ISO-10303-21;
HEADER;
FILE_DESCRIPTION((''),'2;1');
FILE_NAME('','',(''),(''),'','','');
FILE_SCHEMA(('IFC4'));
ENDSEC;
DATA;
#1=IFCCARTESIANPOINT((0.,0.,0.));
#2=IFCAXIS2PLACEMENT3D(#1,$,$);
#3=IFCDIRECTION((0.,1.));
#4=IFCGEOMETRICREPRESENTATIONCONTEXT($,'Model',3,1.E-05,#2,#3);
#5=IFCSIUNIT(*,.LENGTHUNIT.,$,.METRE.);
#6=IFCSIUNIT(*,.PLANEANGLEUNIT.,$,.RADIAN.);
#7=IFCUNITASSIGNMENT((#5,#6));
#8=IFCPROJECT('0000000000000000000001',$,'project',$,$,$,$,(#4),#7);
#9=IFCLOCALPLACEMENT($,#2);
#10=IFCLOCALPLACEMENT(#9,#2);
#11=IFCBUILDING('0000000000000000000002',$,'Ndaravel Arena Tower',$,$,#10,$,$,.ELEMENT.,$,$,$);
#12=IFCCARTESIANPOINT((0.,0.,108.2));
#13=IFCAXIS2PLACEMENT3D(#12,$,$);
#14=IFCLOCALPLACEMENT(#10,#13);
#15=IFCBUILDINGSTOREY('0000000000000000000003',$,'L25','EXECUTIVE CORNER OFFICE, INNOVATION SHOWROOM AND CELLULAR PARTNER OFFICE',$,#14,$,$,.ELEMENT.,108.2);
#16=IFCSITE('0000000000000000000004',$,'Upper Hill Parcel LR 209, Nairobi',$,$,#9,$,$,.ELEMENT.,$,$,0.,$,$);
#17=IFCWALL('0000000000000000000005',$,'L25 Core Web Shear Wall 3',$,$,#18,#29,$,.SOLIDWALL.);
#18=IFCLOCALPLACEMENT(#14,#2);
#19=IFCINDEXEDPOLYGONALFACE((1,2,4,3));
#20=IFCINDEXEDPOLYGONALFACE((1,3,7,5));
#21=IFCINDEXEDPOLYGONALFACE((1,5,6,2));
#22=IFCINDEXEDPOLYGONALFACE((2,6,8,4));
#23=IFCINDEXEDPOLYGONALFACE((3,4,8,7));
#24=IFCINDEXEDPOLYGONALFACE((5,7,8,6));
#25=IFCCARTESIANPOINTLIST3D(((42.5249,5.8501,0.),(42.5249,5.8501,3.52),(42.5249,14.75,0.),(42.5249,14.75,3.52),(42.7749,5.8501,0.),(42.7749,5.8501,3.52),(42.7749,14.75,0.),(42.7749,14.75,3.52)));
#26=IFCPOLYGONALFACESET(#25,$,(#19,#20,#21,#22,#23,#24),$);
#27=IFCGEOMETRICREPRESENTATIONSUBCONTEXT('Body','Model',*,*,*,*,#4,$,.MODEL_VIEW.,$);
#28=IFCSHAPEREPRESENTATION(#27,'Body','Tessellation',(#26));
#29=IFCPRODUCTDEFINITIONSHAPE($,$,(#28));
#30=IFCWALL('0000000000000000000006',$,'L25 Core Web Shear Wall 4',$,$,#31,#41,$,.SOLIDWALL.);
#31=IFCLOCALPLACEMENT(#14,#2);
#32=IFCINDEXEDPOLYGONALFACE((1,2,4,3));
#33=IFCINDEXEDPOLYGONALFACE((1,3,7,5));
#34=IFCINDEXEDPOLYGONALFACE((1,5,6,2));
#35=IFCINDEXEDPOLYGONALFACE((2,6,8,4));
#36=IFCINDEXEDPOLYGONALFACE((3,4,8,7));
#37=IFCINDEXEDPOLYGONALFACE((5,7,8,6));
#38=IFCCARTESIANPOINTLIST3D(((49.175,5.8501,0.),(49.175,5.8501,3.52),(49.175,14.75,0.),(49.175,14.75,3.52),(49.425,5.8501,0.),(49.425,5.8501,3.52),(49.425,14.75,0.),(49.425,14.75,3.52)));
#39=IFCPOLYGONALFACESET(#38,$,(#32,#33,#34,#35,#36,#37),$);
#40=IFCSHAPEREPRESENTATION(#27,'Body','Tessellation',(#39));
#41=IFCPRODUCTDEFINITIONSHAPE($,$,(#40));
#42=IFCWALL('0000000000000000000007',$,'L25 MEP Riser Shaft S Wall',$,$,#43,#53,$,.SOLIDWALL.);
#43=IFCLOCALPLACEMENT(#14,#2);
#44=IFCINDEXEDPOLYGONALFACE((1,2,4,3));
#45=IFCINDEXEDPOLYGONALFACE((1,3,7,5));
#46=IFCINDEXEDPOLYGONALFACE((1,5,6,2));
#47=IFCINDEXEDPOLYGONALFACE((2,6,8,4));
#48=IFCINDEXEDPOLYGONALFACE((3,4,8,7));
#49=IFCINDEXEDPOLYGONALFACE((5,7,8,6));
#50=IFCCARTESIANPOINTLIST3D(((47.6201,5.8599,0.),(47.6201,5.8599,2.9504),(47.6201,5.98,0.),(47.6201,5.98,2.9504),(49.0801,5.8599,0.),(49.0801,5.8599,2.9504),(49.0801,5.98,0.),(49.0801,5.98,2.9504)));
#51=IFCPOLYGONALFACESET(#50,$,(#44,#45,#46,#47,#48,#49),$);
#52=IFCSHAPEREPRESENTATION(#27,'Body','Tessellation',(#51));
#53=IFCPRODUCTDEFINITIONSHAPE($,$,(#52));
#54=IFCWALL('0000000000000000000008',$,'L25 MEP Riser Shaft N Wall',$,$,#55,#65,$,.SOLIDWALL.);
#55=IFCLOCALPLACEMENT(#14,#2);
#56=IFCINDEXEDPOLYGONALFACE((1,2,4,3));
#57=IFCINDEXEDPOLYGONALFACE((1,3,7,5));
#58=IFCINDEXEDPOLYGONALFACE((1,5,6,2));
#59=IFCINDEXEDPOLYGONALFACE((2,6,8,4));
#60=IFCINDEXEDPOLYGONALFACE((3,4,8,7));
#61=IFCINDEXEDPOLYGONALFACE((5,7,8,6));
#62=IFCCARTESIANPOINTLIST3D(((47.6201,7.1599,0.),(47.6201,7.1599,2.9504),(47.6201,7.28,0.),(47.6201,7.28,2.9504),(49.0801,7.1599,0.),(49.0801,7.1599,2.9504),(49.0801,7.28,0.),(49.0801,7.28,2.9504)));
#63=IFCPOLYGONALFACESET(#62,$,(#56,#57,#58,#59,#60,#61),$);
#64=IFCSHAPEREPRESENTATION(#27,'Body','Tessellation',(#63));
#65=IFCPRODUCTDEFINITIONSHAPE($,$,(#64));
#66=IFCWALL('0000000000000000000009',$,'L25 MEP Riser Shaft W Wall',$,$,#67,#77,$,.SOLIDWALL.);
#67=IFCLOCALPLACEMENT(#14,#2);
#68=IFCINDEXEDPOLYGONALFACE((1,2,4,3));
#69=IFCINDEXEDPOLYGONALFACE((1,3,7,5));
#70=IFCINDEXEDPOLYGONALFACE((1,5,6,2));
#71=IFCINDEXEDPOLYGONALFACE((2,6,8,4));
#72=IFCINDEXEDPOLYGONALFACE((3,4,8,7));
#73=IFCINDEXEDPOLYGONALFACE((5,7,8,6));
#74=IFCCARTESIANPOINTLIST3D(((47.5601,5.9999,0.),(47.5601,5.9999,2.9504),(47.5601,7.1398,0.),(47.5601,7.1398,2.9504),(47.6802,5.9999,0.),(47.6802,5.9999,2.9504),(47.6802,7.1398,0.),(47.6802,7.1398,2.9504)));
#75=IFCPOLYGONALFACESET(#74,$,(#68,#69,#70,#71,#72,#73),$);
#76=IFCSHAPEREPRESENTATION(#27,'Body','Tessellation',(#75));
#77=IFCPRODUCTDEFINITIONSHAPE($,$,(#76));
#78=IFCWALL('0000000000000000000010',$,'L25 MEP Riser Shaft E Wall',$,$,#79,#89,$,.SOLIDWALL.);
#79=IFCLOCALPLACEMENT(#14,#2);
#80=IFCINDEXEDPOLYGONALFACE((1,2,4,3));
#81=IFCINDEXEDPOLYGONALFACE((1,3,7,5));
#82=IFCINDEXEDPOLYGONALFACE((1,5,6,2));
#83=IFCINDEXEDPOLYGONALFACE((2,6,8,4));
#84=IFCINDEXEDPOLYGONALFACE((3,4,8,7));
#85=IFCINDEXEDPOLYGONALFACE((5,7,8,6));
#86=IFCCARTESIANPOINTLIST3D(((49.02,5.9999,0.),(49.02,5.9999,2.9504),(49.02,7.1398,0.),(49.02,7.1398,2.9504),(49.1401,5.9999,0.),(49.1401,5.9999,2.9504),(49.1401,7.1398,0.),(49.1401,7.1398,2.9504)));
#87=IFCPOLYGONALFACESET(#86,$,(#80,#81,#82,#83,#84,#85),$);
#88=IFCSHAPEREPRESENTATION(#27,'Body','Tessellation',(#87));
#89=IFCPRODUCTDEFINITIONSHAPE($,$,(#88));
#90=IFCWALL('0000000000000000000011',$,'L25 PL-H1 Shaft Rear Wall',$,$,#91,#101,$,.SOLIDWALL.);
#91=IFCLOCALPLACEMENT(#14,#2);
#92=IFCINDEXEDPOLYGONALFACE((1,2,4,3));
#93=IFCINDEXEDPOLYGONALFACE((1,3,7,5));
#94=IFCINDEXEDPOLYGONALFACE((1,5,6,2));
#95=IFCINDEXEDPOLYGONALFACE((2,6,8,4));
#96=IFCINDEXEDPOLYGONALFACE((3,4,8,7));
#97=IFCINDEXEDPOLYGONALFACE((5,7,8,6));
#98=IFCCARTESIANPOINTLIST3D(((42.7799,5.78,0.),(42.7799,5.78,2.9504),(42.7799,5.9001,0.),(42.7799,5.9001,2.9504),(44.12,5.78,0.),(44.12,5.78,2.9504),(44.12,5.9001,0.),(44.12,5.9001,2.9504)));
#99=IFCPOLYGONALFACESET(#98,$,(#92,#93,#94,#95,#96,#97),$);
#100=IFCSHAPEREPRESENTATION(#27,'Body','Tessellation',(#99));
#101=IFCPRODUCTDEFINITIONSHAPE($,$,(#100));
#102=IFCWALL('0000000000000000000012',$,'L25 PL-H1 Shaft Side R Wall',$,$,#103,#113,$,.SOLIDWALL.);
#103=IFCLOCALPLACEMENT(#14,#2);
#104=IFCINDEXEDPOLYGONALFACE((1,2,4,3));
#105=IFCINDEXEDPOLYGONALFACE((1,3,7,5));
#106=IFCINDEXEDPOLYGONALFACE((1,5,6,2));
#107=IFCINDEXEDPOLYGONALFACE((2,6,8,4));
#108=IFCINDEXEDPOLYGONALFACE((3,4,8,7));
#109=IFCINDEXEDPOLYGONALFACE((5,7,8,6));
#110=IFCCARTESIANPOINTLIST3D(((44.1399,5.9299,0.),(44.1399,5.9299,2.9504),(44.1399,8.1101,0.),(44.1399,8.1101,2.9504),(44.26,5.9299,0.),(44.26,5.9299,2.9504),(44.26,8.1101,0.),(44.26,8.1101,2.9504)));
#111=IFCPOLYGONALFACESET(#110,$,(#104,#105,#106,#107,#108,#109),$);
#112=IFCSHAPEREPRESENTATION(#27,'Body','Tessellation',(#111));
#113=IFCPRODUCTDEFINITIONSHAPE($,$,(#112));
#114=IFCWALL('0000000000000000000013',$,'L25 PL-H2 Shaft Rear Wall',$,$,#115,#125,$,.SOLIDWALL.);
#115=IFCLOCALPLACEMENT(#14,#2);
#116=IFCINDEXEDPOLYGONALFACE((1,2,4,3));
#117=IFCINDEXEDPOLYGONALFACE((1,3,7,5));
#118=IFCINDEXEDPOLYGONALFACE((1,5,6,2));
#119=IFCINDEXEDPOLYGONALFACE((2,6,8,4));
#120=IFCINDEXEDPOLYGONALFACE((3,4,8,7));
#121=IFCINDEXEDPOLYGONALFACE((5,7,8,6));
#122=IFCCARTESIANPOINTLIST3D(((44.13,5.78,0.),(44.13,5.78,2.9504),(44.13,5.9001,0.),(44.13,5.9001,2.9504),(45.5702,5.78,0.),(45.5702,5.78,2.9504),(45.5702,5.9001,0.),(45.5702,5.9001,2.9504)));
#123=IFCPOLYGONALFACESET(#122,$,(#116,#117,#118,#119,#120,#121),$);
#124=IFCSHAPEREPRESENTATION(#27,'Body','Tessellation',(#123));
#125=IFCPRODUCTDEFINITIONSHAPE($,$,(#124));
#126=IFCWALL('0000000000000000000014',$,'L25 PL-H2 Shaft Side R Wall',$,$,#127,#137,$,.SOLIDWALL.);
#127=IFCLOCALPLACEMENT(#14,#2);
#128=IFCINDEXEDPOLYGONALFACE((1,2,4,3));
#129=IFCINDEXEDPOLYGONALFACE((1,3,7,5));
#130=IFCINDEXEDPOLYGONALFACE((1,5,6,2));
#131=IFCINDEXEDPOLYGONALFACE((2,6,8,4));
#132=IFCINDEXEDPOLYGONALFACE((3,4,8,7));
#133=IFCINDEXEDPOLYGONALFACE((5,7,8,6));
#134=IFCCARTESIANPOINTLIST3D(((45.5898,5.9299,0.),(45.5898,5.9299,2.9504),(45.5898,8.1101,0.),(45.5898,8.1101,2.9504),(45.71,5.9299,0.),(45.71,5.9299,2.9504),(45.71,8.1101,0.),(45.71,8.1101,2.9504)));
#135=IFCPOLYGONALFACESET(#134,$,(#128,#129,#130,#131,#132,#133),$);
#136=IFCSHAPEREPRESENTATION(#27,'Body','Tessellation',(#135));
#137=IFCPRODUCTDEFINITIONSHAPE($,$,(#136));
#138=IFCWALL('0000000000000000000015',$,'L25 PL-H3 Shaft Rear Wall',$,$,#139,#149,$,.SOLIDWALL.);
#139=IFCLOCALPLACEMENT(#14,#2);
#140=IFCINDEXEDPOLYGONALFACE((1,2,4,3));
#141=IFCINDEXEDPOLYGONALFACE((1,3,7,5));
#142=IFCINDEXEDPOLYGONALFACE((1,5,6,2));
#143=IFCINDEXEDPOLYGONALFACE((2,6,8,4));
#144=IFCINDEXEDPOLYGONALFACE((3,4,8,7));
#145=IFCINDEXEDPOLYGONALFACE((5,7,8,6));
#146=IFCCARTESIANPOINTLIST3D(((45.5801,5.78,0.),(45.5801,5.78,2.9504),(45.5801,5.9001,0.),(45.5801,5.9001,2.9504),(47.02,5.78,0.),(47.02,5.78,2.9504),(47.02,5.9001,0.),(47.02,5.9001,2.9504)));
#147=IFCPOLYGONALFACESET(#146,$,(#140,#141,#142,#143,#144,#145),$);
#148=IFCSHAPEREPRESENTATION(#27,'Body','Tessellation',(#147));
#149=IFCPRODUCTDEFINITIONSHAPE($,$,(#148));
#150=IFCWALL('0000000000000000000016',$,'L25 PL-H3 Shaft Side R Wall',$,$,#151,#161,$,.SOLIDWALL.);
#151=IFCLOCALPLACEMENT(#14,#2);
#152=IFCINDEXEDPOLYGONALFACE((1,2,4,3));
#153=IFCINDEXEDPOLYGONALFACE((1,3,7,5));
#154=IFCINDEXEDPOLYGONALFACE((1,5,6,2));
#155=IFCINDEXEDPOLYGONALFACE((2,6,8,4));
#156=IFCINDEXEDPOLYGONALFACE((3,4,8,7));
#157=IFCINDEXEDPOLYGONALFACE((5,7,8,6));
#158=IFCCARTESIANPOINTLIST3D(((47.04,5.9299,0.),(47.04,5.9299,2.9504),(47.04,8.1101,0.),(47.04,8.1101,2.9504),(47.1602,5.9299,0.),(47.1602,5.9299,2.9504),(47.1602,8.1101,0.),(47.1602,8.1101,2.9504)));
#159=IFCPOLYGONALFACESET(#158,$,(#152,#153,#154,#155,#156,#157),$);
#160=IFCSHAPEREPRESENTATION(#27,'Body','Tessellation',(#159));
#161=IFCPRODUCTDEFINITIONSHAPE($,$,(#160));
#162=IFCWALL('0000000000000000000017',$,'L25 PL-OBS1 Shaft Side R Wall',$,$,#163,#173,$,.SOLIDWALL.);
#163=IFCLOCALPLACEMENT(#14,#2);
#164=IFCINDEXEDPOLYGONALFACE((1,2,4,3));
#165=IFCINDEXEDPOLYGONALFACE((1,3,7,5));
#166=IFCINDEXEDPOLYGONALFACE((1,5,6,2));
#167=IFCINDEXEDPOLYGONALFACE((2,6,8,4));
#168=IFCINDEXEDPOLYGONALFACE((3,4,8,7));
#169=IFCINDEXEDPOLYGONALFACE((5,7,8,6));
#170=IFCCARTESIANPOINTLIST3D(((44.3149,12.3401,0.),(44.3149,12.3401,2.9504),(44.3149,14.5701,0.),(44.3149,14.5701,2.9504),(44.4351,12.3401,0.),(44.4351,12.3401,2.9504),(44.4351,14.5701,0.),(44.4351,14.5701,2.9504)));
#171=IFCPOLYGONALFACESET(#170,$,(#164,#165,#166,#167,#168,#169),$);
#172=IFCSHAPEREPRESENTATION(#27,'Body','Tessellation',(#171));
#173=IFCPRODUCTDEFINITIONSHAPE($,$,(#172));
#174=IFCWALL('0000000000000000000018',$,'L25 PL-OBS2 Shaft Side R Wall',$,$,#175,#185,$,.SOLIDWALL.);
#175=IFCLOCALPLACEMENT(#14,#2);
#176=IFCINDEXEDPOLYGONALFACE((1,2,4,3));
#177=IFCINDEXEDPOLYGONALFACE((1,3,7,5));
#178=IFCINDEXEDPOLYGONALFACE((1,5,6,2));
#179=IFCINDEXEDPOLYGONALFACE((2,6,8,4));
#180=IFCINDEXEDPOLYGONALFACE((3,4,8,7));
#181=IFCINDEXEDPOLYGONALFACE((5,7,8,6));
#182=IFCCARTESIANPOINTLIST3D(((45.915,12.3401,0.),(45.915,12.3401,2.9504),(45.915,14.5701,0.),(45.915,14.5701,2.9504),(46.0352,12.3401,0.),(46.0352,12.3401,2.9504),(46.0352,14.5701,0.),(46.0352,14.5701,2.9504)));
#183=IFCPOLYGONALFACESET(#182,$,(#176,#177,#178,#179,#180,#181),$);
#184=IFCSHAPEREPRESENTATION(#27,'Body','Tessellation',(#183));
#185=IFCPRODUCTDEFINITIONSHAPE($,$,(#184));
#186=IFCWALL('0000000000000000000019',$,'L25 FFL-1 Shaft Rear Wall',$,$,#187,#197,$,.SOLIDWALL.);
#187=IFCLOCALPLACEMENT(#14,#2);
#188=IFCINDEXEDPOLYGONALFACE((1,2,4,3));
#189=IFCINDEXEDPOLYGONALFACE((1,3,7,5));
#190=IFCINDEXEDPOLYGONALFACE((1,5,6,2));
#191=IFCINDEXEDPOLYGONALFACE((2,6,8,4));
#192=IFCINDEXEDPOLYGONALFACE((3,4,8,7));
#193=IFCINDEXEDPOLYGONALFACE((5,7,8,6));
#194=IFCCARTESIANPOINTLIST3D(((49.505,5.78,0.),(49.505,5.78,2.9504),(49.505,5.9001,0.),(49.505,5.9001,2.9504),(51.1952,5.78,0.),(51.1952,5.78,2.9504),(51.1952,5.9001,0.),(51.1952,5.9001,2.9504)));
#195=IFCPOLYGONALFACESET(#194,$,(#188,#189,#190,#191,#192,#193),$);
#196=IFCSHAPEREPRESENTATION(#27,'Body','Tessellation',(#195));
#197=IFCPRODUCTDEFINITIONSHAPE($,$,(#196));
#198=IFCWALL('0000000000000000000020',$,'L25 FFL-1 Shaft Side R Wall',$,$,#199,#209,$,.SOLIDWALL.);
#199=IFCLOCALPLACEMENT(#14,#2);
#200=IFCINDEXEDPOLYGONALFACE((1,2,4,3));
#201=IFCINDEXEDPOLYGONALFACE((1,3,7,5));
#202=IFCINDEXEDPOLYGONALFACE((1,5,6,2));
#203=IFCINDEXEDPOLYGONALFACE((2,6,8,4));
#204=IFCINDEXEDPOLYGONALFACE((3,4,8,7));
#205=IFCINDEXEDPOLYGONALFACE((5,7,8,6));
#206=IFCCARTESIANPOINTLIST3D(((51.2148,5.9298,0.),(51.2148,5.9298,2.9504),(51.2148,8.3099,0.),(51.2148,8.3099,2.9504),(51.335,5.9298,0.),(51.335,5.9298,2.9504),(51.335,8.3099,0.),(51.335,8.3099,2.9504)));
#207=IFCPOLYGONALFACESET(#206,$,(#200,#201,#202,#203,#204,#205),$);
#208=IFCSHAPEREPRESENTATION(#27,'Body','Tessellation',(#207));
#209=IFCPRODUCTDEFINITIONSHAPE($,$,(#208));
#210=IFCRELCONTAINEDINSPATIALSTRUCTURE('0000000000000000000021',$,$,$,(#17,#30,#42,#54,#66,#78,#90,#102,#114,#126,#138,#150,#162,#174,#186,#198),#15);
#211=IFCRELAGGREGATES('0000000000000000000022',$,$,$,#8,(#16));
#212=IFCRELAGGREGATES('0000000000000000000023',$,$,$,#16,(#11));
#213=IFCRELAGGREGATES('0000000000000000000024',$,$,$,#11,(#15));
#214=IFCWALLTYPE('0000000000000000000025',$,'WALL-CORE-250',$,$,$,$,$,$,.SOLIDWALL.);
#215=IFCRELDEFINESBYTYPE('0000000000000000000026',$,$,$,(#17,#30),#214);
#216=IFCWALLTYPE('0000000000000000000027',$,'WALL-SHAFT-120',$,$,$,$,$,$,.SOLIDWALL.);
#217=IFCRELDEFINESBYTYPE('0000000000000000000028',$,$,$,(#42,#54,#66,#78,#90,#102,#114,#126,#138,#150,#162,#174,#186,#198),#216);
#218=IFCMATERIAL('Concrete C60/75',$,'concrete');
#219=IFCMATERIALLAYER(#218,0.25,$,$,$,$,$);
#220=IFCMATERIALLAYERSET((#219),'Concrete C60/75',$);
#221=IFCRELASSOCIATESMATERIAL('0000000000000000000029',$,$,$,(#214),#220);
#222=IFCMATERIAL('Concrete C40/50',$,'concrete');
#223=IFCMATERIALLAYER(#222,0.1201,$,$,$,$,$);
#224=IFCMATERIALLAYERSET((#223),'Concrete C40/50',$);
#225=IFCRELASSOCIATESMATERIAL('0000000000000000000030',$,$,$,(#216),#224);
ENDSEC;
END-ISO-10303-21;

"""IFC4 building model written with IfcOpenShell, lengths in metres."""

from ifc_helpers import new_model, si_unit, direction, frame, frame_2d, origin, place, context, subcontext, project, spatial, rectangle, extrude, material, layer, layer_set, type_object, element, save


model = new_model("IFC4")

# Units and contexts
model_context = context("Model", 3, precision=1e-05, world=origin(), true_north=direction((0.0, 1.0)))
body_context = subcontext(model_context, "Body", "Model", "MODEL_VIEW")
ifc_project = project(units=[si_unit("LENGTHUNIT", "METRE"), si_unit("PLANEANGLEUNIT", "RADIAN")], contexts=[model_context])

# Site, building, storey
site_placement = place(None, origin())
site = spatial("IfcSite", under=ifc_project, at=site_placement, Name="Upper Hill Parcel LR 209, Nairobi", CompositionType="ELEMENT", RefElevation=0.0)
building_placement = place(site_placement, origin())
building = spatial("IfcBuilding", under=site, at=building_placement, Name="Ndaravel Arena Tower", CompositionType="ELEMENT")
storey_placement = place(building_placement, frame((0.0, 0.0, 108.2)))
storey = spatial("IfcBuildingStorey", under=building, at=storey_placement, Name="L25", Description="EXECUTIVE CORNER OFFICE, INNOVATION SHOWROOM AND CELLULAR PARTNER OFFICE", CompositionType="ELEMENT", Elevation=108.2)

# Walls
ifc_material_1 = material(Name="Concrete C60/75", Category="concrete")
ifc_layer_1 = layer(ifc_material_1, 0.25)
ifc_layer_set_1 = layer_set([ifc_layer_1], Name="Concrete C60/75")
wall_type_1 = type_object("IfcWallType", Name="WALL-CORE-250", PredefinedType="SOLIDWALL", material=ifc_layer_set_1)
for number, where, z_axis, x_axis, name in (
    (1, (42.6499, 5.8501, 0.0), (0.0, 0.0, 1.0), (0.0, 1.0, 0.0), "L25 Core Web Shear Wall 3"),
    (2, (49.3, 5.8501, 0.0), (0.0, 0.0, 1.0), (0.0, 1.0, 0.0), "L25 Core Web Shear Wall 4"),
):
    element("IfcWall", number, at=place(storey_placement, frame(where, z_axis=z_axis, x_axis=x_axis)), inside=storey, type_object=wall_type_1, Name=name, PredefinedType="SOLIDWALL", context=body_context, shape_type="SweptSolid", body=[
        extrude(rectangle(XDim=8.8999, YDim=0.25, at=frame_2d((4.45, 0.0))), origin(), (0.0, 0.0, 1.0), 3.52),
    ])
ifc_material_2 = material(Name="Concrete C40/50", Category="concrete")
ifc_layer_2 = layer(ifc_material_2, 0.1201)
ifc_layer_set_2 = layer_set([ifc_layer_2], Name="Concrete C40/50")
wall_type_2 = type_object("IfcWallType", Name="WALL-SHAFT-120", PredefinedType="SOLIDWALL", material=ifc_layer_set_2)
for number, where, z_axis, x_axis, name in (
    (3, (47.6201, 5.9199, 0.0), (0.0, 0.0, 1.0), (1.0, 0.0, 0.0), "L25 MEP Riser Shaft S Wall"),
    (4, (47.6201, 7.22, 0.0), (0.0, 0.0, 1.0), (1.0, 0.0, 0.0), "L25 MEP Riser Shaft N Wall"),
):
    element("IfcWall", number, at=place(storey_placement, frame(where, z_axis=z_axis, x_axis=x_axis)), inside=storey, type_object=wall_type_2, Name=name, PredefinedType="SOLIDWALL", context=body_context, shape_type="SweptSolid", body=[
        extrude(rectangle(XDim=1.46, YDim=0.1201, at=frame_2d((0.73, 0.0))), origin(), (0.0, 0.0, 1.0), 2.9504),
    ])
for number, where, z_axis, x_axis, name in (
    (5, (47.6201, 6.0, 0.0), (0.0, 0.0, 1.0), (0.0, 1.0, 0.0), "L25 MEP Riser Shaft W Wall"),
    (6, (49.0801, 6.0, 0.0), (0.0, 0.0, 1.0), (0.0, 1.0, 0.0), "L25 MEP Riser Shaft E Wall"),
):
    element("IfcWall", number, at=place(storey_placement, frame(where, z_axis=z_axis, x_axis=x_axis)), inside=storey, type_object=wall_type_2, Name=name, PredefinedType="SOLIDWALL", context=body_context, shape_type="SweptSolid", body=[
        extrude(rectangle(XDim=1.1399, YDim=0.1201, at=frame_2d((0.5698, 0.0))), origin(), (0.0, 0.0, 1.0), 2.9504),
    ])
wall_1_placement = place(storey_placement, frame((42.78, 5.8401, 0.0), z_axis=(0.0, 0.0, 1.0), x_axis=(1.0, 0.0, 0.0)))
element("IfcWall", 7, at=wall_1_placement, inside=storey, type_object=wall_type_2, Name="L25 PL-H1 Shaft Rear Wall", PredefinedType="SOLIDWALL", context=body_context, shape_type="SweptSolid", body=[
    extrude(rectangle(XDim=1.3401, YDim=0.1201, at=frame_2d((0.6699, 0.0))), origin(), (0.0, 0.0, 1.0), 2.9504),
])
wall_2_placement = place(storey_placement, frame((44.2, 5.9299, 0.0), z_axis=(0.0, 0.0, 1.0), x_axis=(0.0, 1.0, 0.0)))
element("IfcWall", 8, at=wall_2_placement, inside=storey, type_object=wall_type_2, Name="L25 PL-H1 Shaft Side R Wall", PredefinedType="SOLIDWALL", context=body_context, shape_type="SweptSolid", body=[
    extrude(rectangle(XDim=2.1802, YDim=0.1201, at=frame_2d((1.0901, 0.0))), origin(), (0.0, 0.0, 1.0), 2.9504),
])
wall_3_placement = place(storey_placement, frame((44.1299, 5.8401, 0.0), z_axis=(0.0, 0.0, 1.0), x_axis=(1.0, 0.0, 0.0)))
element("IfcWall", 9, at=wall_3_placement, inside=storey, type_object=wall_type_2, Name="L25 PL-H2 Shaft Rear Wall", PredefinedType="SOLIDWALL", context=body_context, shape_type="SweptSolid", body=[
    extrude(rectangle(XDim=1.4402, YDim=0.1201, at=frame_2d((0.7202, 0.0))), origin(), (0.0, 0.0, 1.0), 2.9504),
])
wall_4_placement = place(storey_placement, frame((45.6499, 5.9299, 0.0), z_axis=(0.0, 0.0, 1.0), x_axis=(0.0, 1.0, 0.0)))
element("IfcWall", 10, at=wall_4_placement, inside=storey, type_object=wall_type_2, Name="L25 PL-H2 Shaft Side R Wall", PredefinedType="SOLIDWALL", context=body_context, shape_type="SweptSolid", body=[
    extrude(rectangle(XDim=2.1802, YDim=0.1201, at=frame_2d((1.0901, 0.0))), origin(), (0.0, 0.0, 1.0), 2.9504),
])
wall_5_placement = place(storey_placement, frame((45.5801, 5.8401, 0.0), z_axis=(0.0, 0.0, 1.0), x_axis=(1.0, 0.0, 0.0)))
element("IfcWall", 11, at=wall_5_placement, inside=storey, type_object=wall_type_2, Name="L25 PL-H3 Shaft Rear Wall", PredefinedType="SOLIDWALL", context=body_context, shape_type="SweptSolid", body=[
    extrude(rectangle(XDim=1.4399, YDim=0.1201, at=frame_2d((0.72, 0.0))), origin(), (0.0, 0.0, 1.0), 2.9504),
])
wall_6_placement = place(storey_placement, frame((47.1001, 5.9299, 0.0), z_axis=(0.0, 0.0, 1.0), x_axis=(0.0, 1.0, 0.0)))
element("IfcWall", 12, at=wall_6_placement, inside=storey, type_object=wall_type_2, Name="L25 PL-H3 Shaft Side R Wall", PredefinedType="SOLIDWALL", context=body_context, shape_type="SweptSolid", body=[
    extrude(rectangle(XDim=2.1802, YDim=0.1201, at=frame_2d((1.0901, 0.0))), origin(), (0.0, 0.0, 1.0), 2.9504),
])
for number, where, z_axis, x_axis, name in (
    (13, (44.375, 12.3401, 0.0), (0.0, 0.0, 1.0), (0.0, 1.0, 0.0), "L25 PL-OBS1 Shaft Side R Wall"),
    (14, (45.9751, 12.3401, 0.0), (0.0, 0.0, 1.0), (0.0, 1.0, 0.0), "L25 PL-OBS2 Shaft Side R Wall"),
):
    element("IfcWall", number, at=place(storey_placement, frame(where, z_axis=z_axis, x_axis=x_axis)), inside=storey, type_object=wall_type_2, Name=name, PredefinedType="SOLIDWALL", context=body_context, shape_type="SweptSolid", body=[
        extrude(rectangle(XDim=2.23, YDim=0.1201, at=frame_2d((1.115, 0.0))), origin(), (0.0, 0.0, 1.0), 2.9504),
    ])
wall_7_placement = place(storey_placement, frame((49.5049, 5.8401, 0.0), z_axis=(0.0, 0.0, 1.0), x_axis=(1.0, 0.0, 0.0)))
element("IfcWall", 15, at=wall_7_placement, inside=storey, type_object=wall_type_2, Name="L25 FFL-1 Shaft Rear Wall", PredefinedType="SOLIDWALL", context=body_context, shape_type="SweptSolid", body=[
    extrude(rectangle(XDim=1.6902, YDim=0.1201, at=frame_2d((0.8452, 0.0))), origin(), (0.0, 0.0, 1.0), 2.9504),
])
wall_8_placement = place(storey_placement, frame((51.2749, 5.9299, 0.0), z_axis=(0.0, 0.0, 1.0), x_axis=(0.0, 1.0, 0.0)))
element("IfcWall", 16, at=wall_8_placement, inside=storey, type_object=wall_type_2, Name="L25 FFL-1 Shaft Side R Wall", PredefinedType="SOLIDWALL", context=body_context, shape_type="SweptSolid", body=[
    extrude(rectangle(XDim=2.3801, YDim=0.1201, at=frame_2d((1.1899, 0.0))), origin(), (0.0, 0.0, 1.0), 2.9504),
])

save(model, "model.ifc")
